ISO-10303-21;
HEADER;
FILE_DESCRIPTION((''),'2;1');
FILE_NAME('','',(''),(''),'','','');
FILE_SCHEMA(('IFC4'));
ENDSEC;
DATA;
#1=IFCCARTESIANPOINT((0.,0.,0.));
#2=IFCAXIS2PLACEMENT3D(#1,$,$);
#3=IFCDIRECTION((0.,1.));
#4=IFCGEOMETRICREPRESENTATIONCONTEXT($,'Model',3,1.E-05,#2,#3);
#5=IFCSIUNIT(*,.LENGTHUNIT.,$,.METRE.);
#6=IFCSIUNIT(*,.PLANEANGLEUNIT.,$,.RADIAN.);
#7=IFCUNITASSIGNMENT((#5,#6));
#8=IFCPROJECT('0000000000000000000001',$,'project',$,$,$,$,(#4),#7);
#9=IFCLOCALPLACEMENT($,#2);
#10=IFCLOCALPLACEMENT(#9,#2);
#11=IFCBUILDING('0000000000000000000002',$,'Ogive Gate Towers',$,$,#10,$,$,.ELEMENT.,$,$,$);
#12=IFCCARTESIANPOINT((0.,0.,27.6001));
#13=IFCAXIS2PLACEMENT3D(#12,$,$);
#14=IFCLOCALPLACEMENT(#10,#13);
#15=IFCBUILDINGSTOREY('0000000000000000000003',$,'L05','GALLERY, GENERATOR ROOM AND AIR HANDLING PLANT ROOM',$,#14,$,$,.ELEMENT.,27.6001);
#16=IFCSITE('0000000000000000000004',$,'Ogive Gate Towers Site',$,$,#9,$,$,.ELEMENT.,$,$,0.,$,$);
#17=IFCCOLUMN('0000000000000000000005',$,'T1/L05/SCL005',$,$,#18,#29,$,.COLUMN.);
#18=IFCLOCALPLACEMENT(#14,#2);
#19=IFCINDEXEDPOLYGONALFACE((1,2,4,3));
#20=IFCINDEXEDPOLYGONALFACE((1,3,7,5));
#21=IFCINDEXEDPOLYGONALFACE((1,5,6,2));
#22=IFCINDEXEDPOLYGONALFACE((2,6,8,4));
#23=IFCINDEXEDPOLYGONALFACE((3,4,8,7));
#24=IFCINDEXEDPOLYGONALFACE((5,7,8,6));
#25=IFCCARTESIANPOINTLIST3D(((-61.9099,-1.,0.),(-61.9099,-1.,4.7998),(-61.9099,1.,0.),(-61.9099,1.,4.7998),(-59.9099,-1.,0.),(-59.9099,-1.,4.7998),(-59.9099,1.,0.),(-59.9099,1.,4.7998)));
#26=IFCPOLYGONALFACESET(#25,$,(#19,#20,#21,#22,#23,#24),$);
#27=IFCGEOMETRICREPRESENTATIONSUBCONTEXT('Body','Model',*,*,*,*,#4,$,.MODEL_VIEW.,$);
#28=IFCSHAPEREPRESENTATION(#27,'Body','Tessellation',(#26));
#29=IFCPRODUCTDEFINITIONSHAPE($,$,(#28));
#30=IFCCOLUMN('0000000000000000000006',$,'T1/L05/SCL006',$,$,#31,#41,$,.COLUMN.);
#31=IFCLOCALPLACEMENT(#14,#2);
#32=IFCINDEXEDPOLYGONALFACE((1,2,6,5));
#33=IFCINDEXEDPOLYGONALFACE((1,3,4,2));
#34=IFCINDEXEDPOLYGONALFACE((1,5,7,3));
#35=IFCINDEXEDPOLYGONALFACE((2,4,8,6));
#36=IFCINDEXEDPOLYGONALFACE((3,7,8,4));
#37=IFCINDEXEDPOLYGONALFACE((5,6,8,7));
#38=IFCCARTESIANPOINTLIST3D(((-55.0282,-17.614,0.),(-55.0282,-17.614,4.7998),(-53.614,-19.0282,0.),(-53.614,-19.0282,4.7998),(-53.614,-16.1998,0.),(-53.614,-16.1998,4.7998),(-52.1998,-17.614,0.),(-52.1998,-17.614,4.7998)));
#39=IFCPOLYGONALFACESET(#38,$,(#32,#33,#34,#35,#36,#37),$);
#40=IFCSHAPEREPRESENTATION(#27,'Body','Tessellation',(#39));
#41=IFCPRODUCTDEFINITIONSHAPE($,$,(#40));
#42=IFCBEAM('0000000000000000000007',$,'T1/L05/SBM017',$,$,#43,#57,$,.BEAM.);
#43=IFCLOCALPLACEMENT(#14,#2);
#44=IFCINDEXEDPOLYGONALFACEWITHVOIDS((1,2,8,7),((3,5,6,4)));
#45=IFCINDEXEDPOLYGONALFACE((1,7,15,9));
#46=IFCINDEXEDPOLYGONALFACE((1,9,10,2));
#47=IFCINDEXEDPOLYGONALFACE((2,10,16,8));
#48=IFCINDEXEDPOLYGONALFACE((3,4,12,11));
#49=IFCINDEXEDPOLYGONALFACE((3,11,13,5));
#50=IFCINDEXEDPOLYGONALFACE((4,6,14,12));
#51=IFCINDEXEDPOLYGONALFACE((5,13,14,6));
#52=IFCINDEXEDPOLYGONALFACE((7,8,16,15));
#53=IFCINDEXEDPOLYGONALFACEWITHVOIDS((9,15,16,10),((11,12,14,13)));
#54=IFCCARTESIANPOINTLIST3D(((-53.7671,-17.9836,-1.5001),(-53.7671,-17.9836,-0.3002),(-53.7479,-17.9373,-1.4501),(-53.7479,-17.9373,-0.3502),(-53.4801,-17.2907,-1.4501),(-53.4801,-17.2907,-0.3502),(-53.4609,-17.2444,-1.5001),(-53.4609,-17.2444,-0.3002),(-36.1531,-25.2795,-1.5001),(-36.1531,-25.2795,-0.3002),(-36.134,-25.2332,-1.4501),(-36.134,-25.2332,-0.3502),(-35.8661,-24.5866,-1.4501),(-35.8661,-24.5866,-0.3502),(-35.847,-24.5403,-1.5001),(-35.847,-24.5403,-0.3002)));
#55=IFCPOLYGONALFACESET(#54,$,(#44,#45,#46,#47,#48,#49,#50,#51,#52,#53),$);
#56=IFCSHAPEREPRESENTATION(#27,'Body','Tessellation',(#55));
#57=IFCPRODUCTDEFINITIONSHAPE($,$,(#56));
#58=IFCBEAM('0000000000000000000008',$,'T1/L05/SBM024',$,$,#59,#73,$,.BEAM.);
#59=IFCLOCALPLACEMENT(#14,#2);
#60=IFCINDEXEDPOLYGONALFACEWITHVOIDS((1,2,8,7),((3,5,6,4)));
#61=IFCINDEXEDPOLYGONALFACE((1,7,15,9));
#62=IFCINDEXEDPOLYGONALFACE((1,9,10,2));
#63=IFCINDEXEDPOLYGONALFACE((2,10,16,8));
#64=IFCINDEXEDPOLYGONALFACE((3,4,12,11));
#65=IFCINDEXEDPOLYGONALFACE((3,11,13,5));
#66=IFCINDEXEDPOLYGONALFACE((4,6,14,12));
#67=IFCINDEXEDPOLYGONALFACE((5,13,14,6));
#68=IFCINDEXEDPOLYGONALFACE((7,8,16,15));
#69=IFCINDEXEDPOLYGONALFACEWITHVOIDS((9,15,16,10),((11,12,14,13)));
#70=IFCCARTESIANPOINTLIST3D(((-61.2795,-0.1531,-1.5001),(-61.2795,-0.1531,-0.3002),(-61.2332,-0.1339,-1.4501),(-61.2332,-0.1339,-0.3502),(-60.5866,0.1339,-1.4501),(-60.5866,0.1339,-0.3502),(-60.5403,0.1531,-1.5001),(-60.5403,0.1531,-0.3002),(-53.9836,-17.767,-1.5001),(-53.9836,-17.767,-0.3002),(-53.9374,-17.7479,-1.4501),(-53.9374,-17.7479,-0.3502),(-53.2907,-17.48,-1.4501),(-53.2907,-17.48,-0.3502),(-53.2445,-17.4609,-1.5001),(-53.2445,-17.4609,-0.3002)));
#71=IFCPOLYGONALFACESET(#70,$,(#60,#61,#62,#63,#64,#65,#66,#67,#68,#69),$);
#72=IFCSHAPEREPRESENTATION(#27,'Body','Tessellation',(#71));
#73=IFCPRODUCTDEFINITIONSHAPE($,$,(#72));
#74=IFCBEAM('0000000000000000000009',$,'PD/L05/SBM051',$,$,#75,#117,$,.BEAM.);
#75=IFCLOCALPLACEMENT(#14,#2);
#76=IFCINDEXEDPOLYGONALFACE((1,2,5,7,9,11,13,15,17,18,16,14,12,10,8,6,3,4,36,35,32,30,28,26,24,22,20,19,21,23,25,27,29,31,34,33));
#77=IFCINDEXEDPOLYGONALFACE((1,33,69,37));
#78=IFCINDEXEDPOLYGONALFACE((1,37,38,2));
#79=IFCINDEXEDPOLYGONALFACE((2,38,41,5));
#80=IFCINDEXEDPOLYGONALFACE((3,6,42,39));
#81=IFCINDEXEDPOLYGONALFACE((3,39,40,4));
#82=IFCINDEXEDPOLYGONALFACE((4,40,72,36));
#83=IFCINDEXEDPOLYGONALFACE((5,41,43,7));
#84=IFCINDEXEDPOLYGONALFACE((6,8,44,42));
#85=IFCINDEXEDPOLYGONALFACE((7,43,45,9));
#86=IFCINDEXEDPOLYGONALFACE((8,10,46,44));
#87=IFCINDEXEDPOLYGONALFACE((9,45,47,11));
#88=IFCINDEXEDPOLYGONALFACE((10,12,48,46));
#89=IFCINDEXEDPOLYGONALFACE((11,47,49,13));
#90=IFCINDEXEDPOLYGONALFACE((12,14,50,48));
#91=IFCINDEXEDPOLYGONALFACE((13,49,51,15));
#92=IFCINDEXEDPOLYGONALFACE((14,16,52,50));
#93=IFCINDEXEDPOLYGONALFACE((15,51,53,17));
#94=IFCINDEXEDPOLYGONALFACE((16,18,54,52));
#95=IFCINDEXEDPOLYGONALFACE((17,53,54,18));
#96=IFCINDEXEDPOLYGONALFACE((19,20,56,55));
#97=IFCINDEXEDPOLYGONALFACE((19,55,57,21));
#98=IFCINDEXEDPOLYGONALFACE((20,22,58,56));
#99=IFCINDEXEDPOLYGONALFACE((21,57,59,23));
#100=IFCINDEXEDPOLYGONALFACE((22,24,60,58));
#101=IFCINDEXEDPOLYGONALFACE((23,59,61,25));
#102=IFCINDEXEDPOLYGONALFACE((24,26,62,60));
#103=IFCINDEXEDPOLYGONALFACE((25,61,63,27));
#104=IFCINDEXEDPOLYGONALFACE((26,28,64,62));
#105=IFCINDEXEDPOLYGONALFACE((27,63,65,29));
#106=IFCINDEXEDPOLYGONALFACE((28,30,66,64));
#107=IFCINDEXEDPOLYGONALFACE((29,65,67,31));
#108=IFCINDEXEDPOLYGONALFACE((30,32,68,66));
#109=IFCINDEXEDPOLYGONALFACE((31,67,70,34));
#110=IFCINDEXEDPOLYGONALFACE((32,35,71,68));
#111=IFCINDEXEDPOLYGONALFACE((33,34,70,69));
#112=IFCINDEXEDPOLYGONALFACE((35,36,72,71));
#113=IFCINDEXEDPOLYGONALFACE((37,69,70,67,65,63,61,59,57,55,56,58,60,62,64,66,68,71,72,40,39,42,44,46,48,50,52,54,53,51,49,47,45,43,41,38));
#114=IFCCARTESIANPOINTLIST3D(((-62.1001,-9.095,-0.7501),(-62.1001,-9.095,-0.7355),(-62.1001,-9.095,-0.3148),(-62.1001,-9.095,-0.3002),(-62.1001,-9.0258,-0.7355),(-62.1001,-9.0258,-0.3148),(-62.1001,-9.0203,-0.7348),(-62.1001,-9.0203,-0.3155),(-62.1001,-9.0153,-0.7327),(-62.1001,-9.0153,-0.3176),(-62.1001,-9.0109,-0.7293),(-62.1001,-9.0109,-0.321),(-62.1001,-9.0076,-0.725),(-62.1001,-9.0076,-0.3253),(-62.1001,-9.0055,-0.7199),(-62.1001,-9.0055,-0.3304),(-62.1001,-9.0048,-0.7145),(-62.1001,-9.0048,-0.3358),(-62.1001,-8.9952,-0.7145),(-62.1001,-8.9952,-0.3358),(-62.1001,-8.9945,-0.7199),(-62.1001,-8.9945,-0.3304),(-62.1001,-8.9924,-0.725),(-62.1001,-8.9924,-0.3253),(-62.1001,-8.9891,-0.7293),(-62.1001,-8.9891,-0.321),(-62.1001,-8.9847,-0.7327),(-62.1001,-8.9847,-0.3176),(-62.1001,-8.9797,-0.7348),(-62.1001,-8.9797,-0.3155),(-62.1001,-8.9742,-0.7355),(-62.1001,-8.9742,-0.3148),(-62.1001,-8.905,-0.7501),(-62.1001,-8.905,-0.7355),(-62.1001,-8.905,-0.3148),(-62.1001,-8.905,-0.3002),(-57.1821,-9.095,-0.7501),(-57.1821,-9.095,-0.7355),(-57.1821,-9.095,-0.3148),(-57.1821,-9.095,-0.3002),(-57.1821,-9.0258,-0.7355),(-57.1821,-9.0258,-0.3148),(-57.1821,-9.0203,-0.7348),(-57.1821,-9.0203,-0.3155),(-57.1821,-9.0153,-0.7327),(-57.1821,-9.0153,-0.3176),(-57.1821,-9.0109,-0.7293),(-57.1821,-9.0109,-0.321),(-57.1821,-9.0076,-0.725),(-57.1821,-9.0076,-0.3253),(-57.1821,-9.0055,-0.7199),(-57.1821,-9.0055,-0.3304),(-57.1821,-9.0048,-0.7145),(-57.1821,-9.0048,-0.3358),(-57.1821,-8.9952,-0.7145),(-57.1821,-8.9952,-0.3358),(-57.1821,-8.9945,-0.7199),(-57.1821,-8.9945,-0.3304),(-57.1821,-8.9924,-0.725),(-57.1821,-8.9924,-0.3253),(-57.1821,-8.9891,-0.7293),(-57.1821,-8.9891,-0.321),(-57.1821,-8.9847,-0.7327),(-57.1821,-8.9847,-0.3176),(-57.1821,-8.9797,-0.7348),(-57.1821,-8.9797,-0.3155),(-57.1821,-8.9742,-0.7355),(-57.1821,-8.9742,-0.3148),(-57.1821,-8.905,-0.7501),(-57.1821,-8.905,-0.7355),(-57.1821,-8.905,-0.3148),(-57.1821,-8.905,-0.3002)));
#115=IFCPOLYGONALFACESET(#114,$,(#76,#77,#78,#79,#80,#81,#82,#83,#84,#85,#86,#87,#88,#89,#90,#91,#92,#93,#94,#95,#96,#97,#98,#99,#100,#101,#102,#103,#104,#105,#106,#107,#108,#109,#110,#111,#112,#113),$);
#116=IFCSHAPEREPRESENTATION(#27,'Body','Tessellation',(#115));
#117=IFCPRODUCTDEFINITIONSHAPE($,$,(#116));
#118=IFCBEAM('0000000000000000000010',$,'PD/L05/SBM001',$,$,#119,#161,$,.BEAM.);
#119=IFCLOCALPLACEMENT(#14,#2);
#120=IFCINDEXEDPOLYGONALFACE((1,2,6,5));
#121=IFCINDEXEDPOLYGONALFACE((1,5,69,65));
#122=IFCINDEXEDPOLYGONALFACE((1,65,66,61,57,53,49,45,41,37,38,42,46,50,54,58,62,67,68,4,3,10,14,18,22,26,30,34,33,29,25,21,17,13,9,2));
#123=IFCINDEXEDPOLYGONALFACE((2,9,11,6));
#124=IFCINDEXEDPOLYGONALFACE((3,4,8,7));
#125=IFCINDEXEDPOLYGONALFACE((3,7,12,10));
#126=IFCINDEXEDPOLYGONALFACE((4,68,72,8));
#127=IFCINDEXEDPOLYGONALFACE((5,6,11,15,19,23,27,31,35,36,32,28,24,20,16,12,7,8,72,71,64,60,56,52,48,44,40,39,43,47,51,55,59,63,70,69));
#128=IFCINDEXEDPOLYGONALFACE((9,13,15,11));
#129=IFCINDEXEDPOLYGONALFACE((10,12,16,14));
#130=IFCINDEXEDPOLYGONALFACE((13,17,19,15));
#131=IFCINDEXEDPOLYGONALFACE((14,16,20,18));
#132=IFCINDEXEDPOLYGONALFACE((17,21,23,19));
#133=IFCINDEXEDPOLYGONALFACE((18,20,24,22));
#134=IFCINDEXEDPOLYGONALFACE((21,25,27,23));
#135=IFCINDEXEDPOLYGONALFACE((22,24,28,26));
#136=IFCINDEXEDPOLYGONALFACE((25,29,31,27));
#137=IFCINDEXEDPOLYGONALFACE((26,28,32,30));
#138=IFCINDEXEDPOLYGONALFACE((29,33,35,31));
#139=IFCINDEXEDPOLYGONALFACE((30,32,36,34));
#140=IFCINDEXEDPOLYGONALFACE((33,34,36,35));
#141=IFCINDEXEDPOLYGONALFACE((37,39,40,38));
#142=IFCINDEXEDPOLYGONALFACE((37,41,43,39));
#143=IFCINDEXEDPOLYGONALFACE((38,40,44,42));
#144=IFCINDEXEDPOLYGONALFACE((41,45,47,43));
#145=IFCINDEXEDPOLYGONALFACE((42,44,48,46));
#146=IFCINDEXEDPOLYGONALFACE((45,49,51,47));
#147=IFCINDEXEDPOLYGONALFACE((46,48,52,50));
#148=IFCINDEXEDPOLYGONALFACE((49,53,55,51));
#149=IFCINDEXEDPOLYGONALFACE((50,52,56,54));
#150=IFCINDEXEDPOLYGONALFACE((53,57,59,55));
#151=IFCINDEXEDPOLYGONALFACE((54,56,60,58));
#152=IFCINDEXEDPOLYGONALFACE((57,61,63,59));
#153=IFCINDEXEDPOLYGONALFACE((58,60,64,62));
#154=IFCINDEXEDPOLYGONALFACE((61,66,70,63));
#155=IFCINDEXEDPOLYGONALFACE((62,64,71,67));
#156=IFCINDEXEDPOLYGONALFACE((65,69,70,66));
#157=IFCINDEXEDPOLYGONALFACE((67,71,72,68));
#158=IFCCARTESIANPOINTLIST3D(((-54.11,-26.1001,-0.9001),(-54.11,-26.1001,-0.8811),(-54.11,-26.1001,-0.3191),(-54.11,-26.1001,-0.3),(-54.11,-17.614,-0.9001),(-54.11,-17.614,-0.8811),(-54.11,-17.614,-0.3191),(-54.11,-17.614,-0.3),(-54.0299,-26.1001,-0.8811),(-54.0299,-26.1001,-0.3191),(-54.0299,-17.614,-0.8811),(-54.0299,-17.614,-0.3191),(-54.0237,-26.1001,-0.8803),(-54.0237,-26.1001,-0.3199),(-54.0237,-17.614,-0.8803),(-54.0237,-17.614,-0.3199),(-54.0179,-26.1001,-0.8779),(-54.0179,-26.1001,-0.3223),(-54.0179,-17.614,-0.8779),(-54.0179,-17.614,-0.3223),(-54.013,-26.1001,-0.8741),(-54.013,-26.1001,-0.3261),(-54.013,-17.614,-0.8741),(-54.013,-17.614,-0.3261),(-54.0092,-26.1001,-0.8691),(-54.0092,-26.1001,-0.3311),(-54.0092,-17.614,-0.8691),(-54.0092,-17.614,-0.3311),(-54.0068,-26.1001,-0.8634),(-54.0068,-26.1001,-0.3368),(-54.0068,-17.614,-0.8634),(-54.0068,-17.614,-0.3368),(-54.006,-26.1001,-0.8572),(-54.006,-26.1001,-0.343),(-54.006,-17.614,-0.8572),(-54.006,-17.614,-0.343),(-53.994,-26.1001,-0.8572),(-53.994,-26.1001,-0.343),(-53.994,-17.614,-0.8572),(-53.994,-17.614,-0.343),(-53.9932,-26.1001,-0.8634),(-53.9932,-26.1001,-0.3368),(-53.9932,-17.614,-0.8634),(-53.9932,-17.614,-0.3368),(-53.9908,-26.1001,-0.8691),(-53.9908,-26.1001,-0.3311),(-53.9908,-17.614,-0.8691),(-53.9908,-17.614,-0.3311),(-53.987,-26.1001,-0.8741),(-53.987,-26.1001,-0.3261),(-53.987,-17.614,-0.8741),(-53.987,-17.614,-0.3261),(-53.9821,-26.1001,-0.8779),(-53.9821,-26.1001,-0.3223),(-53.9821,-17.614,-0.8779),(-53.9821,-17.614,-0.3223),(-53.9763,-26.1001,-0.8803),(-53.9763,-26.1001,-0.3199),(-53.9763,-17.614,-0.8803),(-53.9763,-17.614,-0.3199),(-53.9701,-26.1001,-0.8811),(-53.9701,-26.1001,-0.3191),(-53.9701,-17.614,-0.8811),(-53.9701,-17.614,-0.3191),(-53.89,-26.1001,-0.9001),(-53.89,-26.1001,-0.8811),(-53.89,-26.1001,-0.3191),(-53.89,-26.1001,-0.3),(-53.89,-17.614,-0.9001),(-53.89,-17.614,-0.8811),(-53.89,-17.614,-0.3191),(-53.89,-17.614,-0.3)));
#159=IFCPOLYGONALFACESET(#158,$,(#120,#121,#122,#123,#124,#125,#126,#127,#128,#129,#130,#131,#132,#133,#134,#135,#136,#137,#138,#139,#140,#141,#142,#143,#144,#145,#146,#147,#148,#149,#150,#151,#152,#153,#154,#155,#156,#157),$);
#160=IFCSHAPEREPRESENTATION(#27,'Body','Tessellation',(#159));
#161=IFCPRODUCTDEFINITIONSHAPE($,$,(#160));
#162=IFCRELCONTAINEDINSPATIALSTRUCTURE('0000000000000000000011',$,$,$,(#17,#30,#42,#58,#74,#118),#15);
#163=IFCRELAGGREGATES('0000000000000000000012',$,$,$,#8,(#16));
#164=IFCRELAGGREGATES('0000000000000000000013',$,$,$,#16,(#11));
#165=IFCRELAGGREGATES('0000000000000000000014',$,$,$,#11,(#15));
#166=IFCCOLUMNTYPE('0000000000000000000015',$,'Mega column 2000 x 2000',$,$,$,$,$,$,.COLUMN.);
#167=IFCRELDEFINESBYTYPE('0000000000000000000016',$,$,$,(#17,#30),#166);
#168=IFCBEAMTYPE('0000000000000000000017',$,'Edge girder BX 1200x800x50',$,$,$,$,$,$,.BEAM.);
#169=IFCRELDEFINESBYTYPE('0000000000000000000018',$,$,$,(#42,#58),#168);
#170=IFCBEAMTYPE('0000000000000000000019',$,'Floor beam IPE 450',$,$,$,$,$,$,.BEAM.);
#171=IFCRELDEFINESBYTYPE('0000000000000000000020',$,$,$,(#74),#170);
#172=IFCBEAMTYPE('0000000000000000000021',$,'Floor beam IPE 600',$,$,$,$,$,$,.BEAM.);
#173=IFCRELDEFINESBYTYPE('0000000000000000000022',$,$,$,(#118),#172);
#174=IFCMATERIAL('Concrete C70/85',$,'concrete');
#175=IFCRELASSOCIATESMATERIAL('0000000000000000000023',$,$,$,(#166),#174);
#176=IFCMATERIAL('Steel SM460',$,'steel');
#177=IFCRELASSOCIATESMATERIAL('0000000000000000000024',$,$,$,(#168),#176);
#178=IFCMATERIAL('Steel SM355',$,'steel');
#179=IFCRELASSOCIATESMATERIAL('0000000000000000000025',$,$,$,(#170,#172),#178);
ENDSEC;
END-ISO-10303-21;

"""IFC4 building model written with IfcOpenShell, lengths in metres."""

from ifc_helpers import new_model, si_unit, direction, frame, origin, origin_2d, place, context, subcontext, project, spatial, rectangle, hollow_rectangle, i_section, extrude, material, material_profile, profile_set, type_object, element, save


model = new_model("IFC4")

# Units and contexts
model_context = context("Model", 3, precision=1e-05, world=origin(), true_north=direction((0.0, 1.0)))
body_context = subcontext(model_context, "Body", "Model", "MODEL_VIEW")
ifc_project = project(units=[si_unit("LENGTHUNIT", "METRE"), si_unit("PLANEANGLEUNIT", "RADIAN")], contexts=[model_context])

# Site, building, storey
site_placement = place(None, origin())
site = spatial("IfcSite", under=ifc_project, at=site_placement, Name="Ogive Gate Towers Site", CompositionType="ELEMENT", RefElevation=0.0)
building_placement = place(site_placement, origin())
building = spatial("IfcBuilding", under=site, at=building_placement, Name="Ogive Gate Towers", CompositionType="ELEMENT")
storey_placement = place(building_placement, frame((0.0, 0.0, 27.6001)))
storey = spatial("IfcBuildingStorey", under=building, at=storey_placement, Name="L05", Description="GALLERY, GENERATOR ROOM AND AIR HANDLING PLANT ROOM", CompositionType="ELEMENT", Elevation=27.6001)

# Columns
ifc_material_1 = material(Name="Concrete C70/85", Category="concrete")
ifc_material_profile_1 = material_profile(ifc_material_1, rectangle(XDim=2.0, YDim=2.0, at=origin_2d()), Name="RC 2000x2000")
ifc_profile_set_1 = profile_set([ifc_material_profile_1], Name="Concrete C70/85")
column_type = type_object("IfcColumnType", Name="Mega column 2000 x 2000", PredefinedType="COLUMN", material=ifc_profile_set_1)
for number, where, z_axis, x_axis, name in (
    (1, (-60.9099, 0.0, 0.0), (0.0, 0.0, 1.0), (-1.0, 0.0, 0.0), "T1/L05/SCL005"),
    (2, (-53.614, -17.614, 0.0), (0.0, 0.0, 1.0), (-0.707107, -0.707107, 0.0), "T1/L05/SCL006"),
):
    element("IfcColumn", number, at=place(storey_placement, frame(where, z_axis=z_axis, x_axis=x_axis)), inside=storey, type_object=column_type, Name=name, PredefinedType="COLUMN", context=body_context, shape_type="SweptSolid", body=[
        extrude(rectangle(XDim=2.0, YDim=2.0, at=origin_2d()), origin(), (0.0, 0.0, 1.0), 4.7998),
    ])

# Beams
ifc_material_2 = material(Name="Steel SM460", Category="steel")
ifc_material_profile_2 = material_profile(ifc_material_2, hollow_rectangle(XDim=0.8, YDim=1.2, WallThickness=0.05, at=origin_2d()), Name="BX 1200x800x50")
ifc_profile_set_2 = profile_set([ifc_material_profile_2], Name="Steel SM460")
beam_type_1 = type_object("IfcBeamType", Name="Edge girder BX 1200x800x50", PredefinedType="BEAM", material=ifc_profile_set_2)
for number, where, z_axis, x_axis, name in (
    (3, (-53.614, -17.614, -0.9001), (0.923881, -0.382681, 0.0), (0.382681, 0.923881, 0.0), "T1/L05/SBM017"),
    (4, (-60.9099, 0.0, -0.9001), (0.382681, -0.923881, 0.0), (0.923881, 0.382681, 0.0), "T1/L05/SBM024"),
):
    element("IfcBeam", number, at=place(storey_placement, frame(where, z_axis=z_axis, x_axis=x_axis)), inside=storey, type_object=beam_type_1, Name=name, PredefinedType="BEAM", context=body_context, shape_type="SweptSolid", body=[
        extrude(hollow_rectangle(XDim=0.8, YDim=1.2, WallThickness=0.05, at=origin_2d()), origin(), (0.0, 0.0, 1.0), 19.0652),
    ])
ifc_material_3 = material(Name="Steel SM355", Category="steel")
ifc_material_profile_3 = material_profile(ifc_material_3, i_section(OverallWidth=0.1899, OverallDepth=0.45, WebThickness=0.0095, FlangeThickness=0.0146, FilletRadius=0.021, at=origin_2d()), Name="IPE 450")
ifc_profile_set_3 = profile_set([ifc_material_profile_3], Name="Steel SM355")
beam_type_2 = type_object("IfcBeamType", Name="Floor beam IPE 450", PredefinedType="BEAM", material=ifc_profile_set_3)
beam_1_placement = place(storey_placement, frame((-62.1001, -9.0, -0.5251), z_axis=(1.0, 0.0, 0.0), x_axis=(0.0, 1.0, 0.0)))
element("IfcBeam", 5, at=beam_1_placement, inside=storey, type_object=beam_type_2, Name="PD/L05/SBM051", PredefinedType="BEAM", context=body_context, shape_type="SweptSolid", body=[
    extrude(i_section(OverallWidth=0.1899, OverallDepth=0.45, WebThickness=0.0095, FlangeThickness=0.0146, FilletRadius=0.021, at=origin_2d()), origin(), (0.0, 0.0, 1.0), 4.918),
])
ifc_material_profile_4 = material_profile(ifc_material_3, i_section(OverallWidth=0.22, OverallDepth=0.6001, WebThickness=0.012, FlangeThickness=0.019, FilletRadius=0.0239, at=origin_2d()), Name="IPE 600")
ifc_profile_set_4 = profile_set([ifc_material_profile_4], Name="Steel SM355")
beam_type_3 = type_object("IfcBeamType", Name="Floor beam IPE 600", PredefinedType="BEAM", material=ifc_profile_set_4)
for number, where, z_axis, x_axis, name in (
    (6, (-54.0, -26.1001, -0.6001), (0.0, 1.0, 0.0), (-1.0, 0.0, 0.0), "PD/L05/SBM001"),
):
    element("IfcBeam", number, at=place(storey_placement, frame(where, z_axis=z_axis, x_axis=x_axis)), inside=storey, type_object=beam_type_3, Name=name, PredefinedType="BEAM", context=body_context, shape_type="SweptSolid", body=[
        extrude(i_section(OverallWidth=0.22, OverallDepth=0.6001, WebThickness=0.012, FlangeThickness=0.019, FilletRadius=0.0239, at=origin_2d()), origin(), (0.0, 0.0, 1.0), 8.4861),
    ])

save(model, "model.ifc")
